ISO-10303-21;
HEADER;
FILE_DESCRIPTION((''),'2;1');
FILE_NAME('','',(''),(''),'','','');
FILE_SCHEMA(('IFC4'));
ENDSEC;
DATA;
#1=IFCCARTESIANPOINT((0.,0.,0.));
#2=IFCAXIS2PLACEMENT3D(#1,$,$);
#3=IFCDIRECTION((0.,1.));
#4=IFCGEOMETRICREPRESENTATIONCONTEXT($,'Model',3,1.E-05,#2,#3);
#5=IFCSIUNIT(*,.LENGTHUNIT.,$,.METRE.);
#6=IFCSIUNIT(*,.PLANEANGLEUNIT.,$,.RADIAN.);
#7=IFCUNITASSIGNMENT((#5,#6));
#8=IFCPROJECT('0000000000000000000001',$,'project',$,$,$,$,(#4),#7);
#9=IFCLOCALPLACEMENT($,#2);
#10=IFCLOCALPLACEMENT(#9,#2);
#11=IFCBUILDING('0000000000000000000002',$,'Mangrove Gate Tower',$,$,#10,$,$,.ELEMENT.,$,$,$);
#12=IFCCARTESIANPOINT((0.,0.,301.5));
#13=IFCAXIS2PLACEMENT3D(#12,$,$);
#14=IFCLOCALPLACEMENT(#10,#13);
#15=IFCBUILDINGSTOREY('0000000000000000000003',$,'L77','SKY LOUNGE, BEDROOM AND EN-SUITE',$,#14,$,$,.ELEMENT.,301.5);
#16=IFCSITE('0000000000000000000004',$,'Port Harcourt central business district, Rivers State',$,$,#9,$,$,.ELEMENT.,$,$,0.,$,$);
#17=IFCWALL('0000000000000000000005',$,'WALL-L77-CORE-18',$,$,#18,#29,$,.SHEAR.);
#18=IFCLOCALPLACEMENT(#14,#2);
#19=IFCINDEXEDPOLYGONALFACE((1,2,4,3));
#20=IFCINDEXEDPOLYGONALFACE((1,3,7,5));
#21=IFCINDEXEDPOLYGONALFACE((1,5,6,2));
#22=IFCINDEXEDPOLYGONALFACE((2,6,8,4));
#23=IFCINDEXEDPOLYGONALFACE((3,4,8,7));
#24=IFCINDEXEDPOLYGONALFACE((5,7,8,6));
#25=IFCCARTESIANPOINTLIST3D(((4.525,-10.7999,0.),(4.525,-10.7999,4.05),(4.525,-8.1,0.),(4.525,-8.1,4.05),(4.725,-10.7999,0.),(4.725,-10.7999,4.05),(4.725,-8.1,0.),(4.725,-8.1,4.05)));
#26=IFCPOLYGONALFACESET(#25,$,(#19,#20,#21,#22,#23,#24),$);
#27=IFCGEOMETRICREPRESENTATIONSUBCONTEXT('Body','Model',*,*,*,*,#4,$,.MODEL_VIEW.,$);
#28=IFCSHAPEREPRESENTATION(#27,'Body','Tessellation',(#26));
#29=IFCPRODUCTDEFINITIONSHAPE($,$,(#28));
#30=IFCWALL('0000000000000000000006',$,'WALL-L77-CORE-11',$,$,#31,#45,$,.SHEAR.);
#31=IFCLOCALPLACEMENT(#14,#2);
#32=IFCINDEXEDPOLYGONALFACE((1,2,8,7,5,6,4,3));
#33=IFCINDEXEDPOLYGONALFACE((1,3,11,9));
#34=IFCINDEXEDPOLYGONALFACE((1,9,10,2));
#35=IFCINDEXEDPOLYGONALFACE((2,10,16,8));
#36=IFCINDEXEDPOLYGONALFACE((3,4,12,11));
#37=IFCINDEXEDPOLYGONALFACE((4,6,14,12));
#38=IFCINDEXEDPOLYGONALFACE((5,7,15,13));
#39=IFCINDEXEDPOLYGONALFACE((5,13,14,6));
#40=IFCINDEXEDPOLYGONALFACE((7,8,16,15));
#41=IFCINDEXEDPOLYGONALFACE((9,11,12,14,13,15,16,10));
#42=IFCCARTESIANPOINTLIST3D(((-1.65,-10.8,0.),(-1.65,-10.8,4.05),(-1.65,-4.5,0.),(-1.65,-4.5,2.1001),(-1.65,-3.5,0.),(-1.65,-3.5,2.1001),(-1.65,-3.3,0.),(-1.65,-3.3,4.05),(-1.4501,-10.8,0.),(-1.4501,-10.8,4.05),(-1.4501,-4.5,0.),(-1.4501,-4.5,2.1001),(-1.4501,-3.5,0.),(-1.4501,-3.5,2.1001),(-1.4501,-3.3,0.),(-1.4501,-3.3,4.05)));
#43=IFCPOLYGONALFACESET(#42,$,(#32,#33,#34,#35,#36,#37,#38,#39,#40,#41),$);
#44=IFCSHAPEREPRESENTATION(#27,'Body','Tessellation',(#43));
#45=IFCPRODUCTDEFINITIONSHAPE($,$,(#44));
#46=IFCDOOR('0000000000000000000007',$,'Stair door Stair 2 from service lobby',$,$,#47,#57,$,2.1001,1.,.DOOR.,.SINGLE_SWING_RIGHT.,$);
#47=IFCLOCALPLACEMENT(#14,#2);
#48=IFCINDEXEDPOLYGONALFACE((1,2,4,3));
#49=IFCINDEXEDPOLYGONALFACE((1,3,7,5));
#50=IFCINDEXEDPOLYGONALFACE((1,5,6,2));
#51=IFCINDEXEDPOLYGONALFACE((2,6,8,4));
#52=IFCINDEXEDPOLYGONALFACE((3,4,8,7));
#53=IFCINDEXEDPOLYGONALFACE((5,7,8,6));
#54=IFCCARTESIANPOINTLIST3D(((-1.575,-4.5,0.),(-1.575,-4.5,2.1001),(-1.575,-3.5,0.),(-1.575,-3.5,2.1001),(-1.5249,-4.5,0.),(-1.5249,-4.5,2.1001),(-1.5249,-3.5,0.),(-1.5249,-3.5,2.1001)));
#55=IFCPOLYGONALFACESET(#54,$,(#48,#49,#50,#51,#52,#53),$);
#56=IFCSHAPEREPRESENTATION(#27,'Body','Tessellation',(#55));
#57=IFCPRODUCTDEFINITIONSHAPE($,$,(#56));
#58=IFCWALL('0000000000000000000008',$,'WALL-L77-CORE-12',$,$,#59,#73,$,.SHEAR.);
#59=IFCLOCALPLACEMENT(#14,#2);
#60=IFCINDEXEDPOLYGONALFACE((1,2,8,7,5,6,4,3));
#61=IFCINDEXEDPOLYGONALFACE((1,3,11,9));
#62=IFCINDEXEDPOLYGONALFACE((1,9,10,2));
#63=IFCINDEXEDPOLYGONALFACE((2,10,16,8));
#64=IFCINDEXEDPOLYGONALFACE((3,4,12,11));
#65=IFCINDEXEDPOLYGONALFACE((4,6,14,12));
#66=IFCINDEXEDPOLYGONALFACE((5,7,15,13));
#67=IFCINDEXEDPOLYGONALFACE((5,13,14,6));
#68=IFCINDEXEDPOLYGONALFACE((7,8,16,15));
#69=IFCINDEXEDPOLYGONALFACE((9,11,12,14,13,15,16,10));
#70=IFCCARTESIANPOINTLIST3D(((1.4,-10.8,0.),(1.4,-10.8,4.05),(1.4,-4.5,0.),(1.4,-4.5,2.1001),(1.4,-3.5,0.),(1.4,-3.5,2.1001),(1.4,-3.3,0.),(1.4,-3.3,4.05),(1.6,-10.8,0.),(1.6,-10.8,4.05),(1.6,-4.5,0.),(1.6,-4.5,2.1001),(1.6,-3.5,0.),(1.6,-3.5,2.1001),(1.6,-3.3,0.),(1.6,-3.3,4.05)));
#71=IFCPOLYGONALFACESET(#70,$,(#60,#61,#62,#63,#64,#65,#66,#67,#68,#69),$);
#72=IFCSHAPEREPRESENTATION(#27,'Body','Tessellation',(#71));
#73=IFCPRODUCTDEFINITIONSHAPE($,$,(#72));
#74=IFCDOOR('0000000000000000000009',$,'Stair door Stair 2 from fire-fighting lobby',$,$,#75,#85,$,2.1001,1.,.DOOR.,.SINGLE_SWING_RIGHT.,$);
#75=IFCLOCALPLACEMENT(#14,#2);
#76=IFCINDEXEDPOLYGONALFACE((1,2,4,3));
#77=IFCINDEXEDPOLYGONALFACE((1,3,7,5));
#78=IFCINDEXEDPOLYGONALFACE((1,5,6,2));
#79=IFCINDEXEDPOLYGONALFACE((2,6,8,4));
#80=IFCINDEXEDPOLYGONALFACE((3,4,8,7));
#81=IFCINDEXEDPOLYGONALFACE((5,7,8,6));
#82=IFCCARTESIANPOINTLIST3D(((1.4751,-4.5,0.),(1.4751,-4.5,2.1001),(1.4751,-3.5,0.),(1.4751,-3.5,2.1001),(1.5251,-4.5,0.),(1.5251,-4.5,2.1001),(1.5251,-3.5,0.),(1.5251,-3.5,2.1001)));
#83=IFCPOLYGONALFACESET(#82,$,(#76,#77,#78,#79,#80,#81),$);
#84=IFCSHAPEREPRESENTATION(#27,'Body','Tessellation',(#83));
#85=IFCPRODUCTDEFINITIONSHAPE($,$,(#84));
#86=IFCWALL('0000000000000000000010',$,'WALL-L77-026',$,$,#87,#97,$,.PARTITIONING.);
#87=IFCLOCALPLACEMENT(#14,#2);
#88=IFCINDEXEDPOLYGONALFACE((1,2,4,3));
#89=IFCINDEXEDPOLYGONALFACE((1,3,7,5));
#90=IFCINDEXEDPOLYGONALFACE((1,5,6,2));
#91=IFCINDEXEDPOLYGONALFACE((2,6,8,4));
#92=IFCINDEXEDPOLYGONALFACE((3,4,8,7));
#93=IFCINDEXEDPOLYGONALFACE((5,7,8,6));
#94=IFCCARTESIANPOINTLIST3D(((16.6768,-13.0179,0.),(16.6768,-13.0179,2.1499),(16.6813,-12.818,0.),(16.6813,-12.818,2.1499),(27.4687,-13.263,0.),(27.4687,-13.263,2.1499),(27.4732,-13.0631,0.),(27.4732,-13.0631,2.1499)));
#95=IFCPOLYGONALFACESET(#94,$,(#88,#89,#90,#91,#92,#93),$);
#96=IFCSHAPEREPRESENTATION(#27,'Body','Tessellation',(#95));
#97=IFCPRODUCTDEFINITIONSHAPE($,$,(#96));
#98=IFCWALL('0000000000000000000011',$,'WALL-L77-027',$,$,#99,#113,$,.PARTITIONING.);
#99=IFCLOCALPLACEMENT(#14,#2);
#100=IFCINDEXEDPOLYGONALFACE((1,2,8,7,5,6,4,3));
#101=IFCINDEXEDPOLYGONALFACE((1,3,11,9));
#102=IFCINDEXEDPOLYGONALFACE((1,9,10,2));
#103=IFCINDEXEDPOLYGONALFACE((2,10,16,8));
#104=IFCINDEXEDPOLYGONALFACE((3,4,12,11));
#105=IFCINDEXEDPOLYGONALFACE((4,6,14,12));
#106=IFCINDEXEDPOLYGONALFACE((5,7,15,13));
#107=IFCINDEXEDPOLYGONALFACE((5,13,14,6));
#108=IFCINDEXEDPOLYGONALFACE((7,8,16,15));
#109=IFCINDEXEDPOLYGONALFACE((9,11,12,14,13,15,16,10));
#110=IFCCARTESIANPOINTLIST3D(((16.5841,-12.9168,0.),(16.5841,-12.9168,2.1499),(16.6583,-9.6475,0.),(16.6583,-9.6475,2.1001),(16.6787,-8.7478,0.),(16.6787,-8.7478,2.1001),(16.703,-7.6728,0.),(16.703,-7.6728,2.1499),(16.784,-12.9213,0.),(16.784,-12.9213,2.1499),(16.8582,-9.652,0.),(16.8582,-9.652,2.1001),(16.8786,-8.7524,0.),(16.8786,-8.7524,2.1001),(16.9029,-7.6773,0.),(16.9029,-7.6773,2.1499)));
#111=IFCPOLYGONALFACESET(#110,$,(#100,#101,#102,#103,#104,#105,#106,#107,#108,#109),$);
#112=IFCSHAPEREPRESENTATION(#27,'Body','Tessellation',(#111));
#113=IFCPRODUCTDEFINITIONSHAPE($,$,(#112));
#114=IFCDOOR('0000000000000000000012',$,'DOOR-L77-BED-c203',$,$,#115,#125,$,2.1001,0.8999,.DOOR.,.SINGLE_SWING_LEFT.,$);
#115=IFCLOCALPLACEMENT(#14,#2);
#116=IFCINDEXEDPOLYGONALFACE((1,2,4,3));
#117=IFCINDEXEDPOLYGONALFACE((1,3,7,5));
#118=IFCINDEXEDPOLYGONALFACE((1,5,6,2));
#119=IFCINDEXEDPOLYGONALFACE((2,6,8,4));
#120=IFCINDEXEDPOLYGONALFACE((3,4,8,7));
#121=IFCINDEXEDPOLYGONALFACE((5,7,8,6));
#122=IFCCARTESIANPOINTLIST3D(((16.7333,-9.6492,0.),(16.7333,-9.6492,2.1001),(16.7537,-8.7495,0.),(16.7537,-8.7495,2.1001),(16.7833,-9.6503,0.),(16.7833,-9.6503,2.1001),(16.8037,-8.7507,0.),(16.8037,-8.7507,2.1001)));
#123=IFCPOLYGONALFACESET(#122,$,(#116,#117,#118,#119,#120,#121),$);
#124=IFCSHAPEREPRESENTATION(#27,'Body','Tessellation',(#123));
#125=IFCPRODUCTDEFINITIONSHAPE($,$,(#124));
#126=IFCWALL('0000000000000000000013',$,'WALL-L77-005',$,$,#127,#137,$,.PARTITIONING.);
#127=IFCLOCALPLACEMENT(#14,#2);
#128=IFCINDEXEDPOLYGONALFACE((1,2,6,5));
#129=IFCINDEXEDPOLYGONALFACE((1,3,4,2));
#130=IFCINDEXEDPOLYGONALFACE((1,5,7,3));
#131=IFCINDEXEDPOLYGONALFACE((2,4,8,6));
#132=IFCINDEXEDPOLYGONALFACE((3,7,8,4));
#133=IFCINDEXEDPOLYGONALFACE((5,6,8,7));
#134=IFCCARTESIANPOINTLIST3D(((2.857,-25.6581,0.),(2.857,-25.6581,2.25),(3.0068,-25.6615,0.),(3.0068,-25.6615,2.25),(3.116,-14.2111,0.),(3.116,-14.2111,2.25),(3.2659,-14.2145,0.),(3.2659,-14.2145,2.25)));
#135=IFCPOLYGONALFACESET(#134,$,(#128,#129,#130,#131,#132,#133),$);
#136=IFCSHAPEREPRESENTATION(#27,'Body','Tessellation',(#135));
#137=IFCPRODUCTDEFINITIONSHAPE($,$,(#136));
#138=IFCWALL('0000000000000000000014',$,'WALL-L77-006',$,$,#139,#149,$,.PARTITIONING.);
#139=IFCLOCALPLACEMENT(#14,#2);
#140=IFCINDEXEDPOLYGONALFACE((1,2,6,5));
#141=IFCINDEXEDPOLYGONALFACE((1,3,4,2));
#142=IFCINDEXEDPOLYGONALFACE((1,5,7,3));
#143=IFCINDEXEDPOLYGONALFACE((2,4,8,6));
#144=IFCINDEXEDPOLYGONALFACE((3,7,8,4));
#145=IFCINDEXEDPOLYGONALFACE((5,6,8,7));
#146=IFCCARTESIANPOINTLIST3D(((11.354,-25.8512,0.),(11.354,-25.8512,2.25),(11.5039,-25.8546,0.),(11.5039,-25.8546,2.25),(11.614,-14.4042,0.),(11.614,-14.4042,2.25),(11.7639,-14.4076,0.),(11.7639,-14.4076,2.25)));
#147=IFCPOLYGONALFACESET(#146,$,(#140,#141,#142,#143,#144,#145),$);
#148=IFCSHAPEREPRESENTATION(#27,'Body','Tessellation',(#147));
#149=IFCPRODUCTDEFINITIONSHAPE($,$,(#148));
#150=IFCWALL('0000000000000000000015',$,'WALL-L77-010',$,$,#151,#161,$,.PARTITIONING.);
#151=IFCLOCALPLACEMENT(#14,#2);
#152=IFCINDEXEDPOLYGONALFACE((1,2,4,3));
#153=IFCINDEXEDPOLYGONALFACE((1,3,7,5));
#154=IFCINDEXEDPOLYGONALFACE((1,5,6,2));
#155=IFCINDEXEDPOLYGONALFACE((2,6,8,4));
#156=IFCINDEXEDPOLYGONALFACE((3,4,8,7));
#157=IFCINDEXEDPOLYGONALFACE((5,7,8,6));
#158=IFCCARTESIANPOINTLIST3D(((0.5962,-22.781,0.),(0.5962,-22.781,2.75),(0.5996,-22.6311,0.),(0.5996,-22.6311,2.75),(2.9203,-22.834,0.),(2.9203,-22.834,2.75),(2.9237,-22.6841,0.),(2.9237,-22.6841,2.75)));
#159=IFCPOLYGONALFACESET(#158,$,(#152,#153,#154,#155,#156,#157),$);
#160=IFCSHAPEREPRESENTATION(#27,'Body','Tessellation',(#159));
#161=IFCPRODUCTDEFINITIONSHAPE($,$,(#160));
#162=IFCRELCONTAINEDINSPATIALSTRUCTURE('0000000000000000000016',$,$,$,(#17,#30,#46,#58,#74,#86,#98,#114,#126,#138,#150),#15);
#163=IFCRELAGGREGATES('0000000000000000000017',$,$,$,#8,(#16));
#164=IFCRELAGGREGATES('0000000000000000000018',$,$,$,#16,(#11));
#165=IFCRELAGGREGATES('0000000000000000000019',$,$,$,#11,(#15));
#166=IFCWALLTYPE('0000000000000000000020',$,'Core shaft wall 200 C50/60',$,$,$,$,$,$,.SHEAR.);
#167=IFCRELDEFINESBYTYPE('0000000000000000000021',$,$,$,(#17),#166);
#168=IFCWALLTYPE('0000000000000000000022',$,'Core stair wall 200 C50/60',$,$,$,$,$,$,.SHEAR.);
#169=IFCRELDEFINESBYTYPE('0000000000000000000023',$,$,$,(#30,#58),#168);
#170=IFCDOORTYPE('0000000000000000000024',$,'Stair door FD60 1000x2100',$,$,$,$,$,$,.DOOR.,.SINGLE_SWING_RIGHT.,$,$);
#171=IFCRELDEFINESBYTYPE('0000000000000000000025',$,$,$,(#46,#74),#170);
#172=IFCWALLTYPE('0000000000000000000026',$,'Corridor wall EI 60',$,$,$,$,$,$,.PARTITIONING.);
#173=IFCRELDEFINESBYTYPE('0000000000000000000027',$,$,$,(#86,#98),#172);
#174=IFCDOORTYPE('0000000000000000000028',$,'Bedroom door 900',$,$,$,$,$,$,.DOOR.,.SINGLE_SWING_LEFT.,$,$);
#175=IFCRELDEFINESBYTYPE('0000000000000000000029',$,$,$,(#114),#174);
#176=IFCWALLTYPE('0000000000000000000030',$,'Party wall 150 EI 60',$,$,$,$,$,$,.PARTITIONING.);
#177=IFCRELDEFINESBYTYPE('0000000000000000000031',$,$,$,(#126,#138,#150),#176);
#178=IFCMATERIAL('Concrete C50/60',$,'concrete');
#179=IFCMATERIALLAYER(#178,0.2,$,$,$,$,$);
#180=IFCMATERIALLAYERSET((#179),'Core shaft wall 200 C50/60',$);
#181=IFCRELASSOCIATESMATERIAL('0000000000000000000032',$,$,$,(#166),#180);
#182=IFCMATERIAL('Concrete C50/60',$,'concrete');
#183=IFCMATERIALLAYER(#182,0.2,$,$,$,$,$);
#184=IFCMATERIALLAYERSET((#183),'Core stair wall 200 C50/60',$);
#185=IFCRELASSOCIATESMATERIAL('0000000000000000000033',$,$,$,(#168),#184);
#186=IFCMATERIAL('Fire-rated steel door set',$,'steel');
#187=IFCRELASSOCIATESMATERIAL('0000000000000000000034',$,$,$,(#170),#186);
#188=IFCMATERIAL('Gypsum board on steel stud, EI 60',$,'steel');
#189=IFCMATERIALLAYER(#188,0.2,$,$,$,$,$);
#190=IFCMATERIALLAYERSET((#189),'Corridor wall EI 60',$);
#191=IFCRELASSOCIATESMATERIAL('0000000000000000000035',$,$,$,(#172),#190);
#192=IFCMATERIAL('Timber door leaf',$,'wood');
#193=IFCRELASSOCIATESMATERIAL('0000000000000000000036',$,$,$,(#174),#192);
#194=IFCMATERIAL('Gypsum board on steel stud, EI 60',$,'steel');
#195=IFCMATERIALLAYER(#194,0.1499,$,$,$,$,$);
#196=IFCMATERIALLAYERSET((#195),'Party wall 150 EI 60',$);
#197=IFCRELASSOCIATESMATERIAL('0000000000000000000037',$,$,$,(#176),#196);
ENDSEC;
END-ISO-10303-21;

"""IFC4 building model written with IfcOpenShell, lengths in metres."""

from ifc_helpers import new_model, si_unit, direction, frame, frame_2d, origin, place, context, subcontext, project, spatial, rectangle, extrude, material, layer, layer_set, type_object, element, fill, save


model = new_model("IFC4")

# Units and contexts
model_context = context("Model", 3, precision=1e-05, world=origin(), true_north=direction((0.0, 1.0)))
body_context = subcontext(model_context, "Body", "Model", "MODEL_VIEW")
ifc_project = project(units=[si_unit("LENGTHUNIT", "METRE"), si_unit("PLANEANGLEUNIT", "RADIAN")], contexts=[model_context])

# Site, building, storey
site_placement = place(None, origin())
site = spatial("IfcSite", under=ifc_project, at=site_placement, Name="Port Harcourt central business district, Rivers State", CompositionType="ELEMENT", RefElevation=0.0)
building_placement = place(site_placement, origin())
building = spatial("IfcBuilding", under=site, at=building_placement, Name="Mangrove Gate Tower", CompositionType="ELEMENT")
storey_placement = place(building_placement, frame((0.0, 0.0, 301.5)))
storey = spatial("IfcBuildingStorey", under=building, at=storey_placement, Name="L77", Description="SKY LOUNGE, BEDROOM AND EN-SUITE", CompositionType="ELEMENT", Elevation=301.5)

# Wall
ifc_material_1 = material(Name="Concrete C50/60", Category="concrete")
ifc_layer_1 = layer(ifc_material_1, 0.2)
ifc_layer_set_1 = layer_set([ifc_layer_1], Name="Core shaft wall 200 C50/60")
wall_type_1 = type_object("IfcWallType", Name="Core shaft wall 200 C50/60", PredefinedType="SHEAR", material=ifc_layer_set_1)
wall_1_placement = place(storey_placement, frame((4.625, -10.8, 0.0), z_axis=(0.0, 0.0, 1.0), x_axis=(0.0, 1.0, 0.0)))
element("IfcWall", 1, at=wall_1_placement, inside=storey, type_object=wall_type_1, Name="WALL-L77-CORE-18", PredefinedType="SHEAR", context=body_context, shape_type="SweptSolid", body=[
    extrude(rectangle(XDim=2.7, YDim=0.2, at=frame_2d((1.3501, 0.0))), origin(), (0.0, 0.0, 1.0), 4.05),
])

# Walls, openings, doors
ifc_material_2 = material(Name="Concrete C50/60", Category="concrete")
ifc_layer_2 = layer(ifc_material_2, 0.2)
ifc_layer_set_2 = layer_set([ifc_layer_2], Name="Core stair wall 200 C50/60")
wall_type_2 = type_object("IfcWallType", Name="Core stair wall 200 C50/60", PredefinedType="SHEAR", material=ifc_layer_set_2)
wall_2_placement = place(storey_placement, frame((-1.55, -10.8, 0.0), z_axis=(0.0, 0.0, 1.0), x_axis=(0.0, 1.0, 0.0)))
wall_2 = element("IfcWall", 2, at=wall_2_placement, inside=storey, type_object=wall_type_2, Name="WALL-L77-CORE-11", PredefinedType="SHEAR", context=body_context, shape_type="SweptSolid", body=[
    extrude(rectangle(XDim=7.5, YDim=0.2, at=frame_2d((3.75, 0.0))), origin(), (0.0, 0.0, 1.0), 4.05),
])
opening_1_placement = place(wall_2_placement, frame((6.3, 0.0, 0.0)))
opening_1 = element("IfcOpeningElement", 3, at=opening_1_placement, cuts=wall_2, PredefinedType="OPENING", context=body_context, shape_type="SweptSolid", body=[
    extrude(rectangle(XDim=1.0, YDim=2.1001, at=frame_2d((0.5, 1.05))), frame((0.0, 0.1099, 0.0), z_axis=(0.0, -1.0, 0.0), x_axis=(1.0, 0.0, 0.0)), (0.0, 0.0, 1.0), 0.22),
])
ifc_material_3 = material(Name="Fire-rated steel door set", Category="steel")
door_type_1 = type_object("IfcDoorType", Name="Stair door FD60 1000x2100", OperationType="SINGLE_SWING_RIGHT", PredefinedType="DOOR", material=ifc_material_3)
door_1_placement = place(opening_1_placement, origin())
door_1 = element("IfcDoor", 4, at=door_1_placement, inside=storey, type_object=door_type_1, Name="Stair door Stair 2 from service lobby", OperationType="SINGLE_SWING_RIGHT", OverallHeight=2.1001, OverallWidth=1.0, PredefinedType="DOOR", context=body_context, shape_type="SweptSolid", body=[
    extrude(rectangle(XDim=1.0, YDim=2.1001, at=frame_2d((0.5, 1.05))), frame((0.0, 0.0249, 0.0), z_axis=(0.0, -1.0, 0.0), x_axis=(1.0, 0.0, 0.0)), (0.0, 0.0, 1.0), 0.05),
])
fill(opening_1, door_1)
wall_3_placement = place(storey_placement, frame((1.5, -10.8, 0.0), z_axis=(0.0, 0.0, 1.0), x_axis=(0.0, 1.0, 0.0)))
wall_3 = element("IfcWall", 5, at=wall_3_placement, inside=storey, type_object=wall_type_2, Name="WALL-L77-CORE-12", PredefinedType="SHEAR", context=body_context, shape_type="SweptSolid", body=[
    extrude(rectangle(XDim=7.5, YDim=0.2, at=frame_2d((3.75, 0.0))), origin(), (0.0, 0.0, 1.0), 4.05),
])
opening_2_placement = place(wall_3_placement, frame((6.3, 0.0, 0.0)))
opening_2 = element("IfcOpeningElement", 6, at=opening_2_placement, cuts=wall_3, PredefinedType="OPENING", context=body_context, shape_type="SweptSolid", body=[
    extrude(rectangle(XDim=1.0, YDim=2.1001, at=frame_2d((0.5, 1.05))), frame((0.0, 0.1099, 0.0), z_axis=(0.0, -1.0, 0.0), x_axis=(1.0, 0.0, 0.0)), (0.0, 0.0, 1.0), 0.22),
])
door_2_placement = place(opening_2_placement, origin())
door_2 = element("IfcDoor", 7, at=door_2_placement, inside=storey, type_object=door_type_1, Name="Stair door Stair 2 from fire-fighting lobby", OperationType="SINGLE_SWING_RIGHT", OverallHeight=2.1001, OverallWidth=1.0, PredefinedType="DOOR", context=body_context, shape_type="SweptSolid", body=[
    extrude(rectangle(XDim=1.0, YDim=2.1001, at=frame_2d((0.5, 1.05))), frame((0.0, 0.0249, 0.0), z_axis=(0.0, -1.0, 0.0), x_axis=(1.0, 0.0, 0.0)), (0.0, 0.0, 1.0), 0.05),
])
fill(opening_2, door_2)

# Wall
ifc_material_4 = material(Name="Gypsum board on steel stud, EI 60", Category="steel")
ifc_layer_3 = layer(ifc_material_4, 0.2)
ifc_layer_set_3 = layer_set([ifc_layer_3], Name="Corridor wall EI 60")
wall_type_3 = type_object("IfcWallType", Name="Corridor wall EI 60", PredefinedType="PARTITIONING", material=ifc_layer_set_3)
wall_4_placement = place(storey_placement, frame((16.679, -12.918, 0.0), z_axis=(0.0, 0.0, 1.0), x_axis=(0.999742, -0.022707, 0.0)))
element("IfcWall", 8, at=wall_4_placement, inside=storey, type_object=wall_type_3, Name="WALL-L77-026", PredefinedType="PARTITIONING", context=body_context, shape_type="SweptSolid", body=[
    extrude(rectangle(XDim=10.7947, YDim=0.2, at=frame_2d((5.3975, 0.0))), origin(), (0.0, 0.0, 1.0), 2.1499),
])

# Wall, opening, door
wall_5_placement = place(storey_placement, frame((16.6841, -12.9189, 0.0), z_axis=(0.0, 0.0, 1.0), x_axis=(0.022667, 0.999743, 0.0)))
wall_5 = element("IfcWall", 9, at=wall_5_placement, inside=storey, type_object=wall_type_3, Name="WALL-L77-027", PredefinedType="PARTITIONING", context=body_context, shape_type="SweptSolid", body=[
    extrude(rectangle(XDim=5.2454, YDim=0.2, at=frame_2d((2.6226, 0.0))), origin(), (0.0, 0.0, 1.0), 2.1499),
])
opening_3_placement = place(wall_5_placement, frame((3.27, 0.0, 0.0)))
opening_3 = element("IfcOpeningElement", 10, at=opening_3_placement, cuts=wall_5, PredefinedType="OPENING", context=body_context, shape_type="SweptSolid", body=[
    extrude(rectangle(XDim=0.8999, YDim=2.1001, at=frame_2d((0.45, 1.05))), frame((0.0, 0.1099, 0.0), z_axis=(0.0, -1.0, 0.0), x_axis=(1.0, 0.0, 0.0)), (0.0, 0.0, 1.0), 0.22),
])
ifc_material_5 = material(Name="Timber door leaf", Category="wood")
door_type_2 = type_object("IfcDoorType", Name="Bedroom door 900", OperationType="SINGLE_SWING_LEFT", PredefinedType="DOOR", material=ifc_material_5)
door_3_placement = place(opening_3_placement, origin())
door_3 = element("IfcDoor", 11, at=door_3_placement, inside=storey, type_object=door_type_2, Name="DOOR-L77-BED-c203", OperationType="SINGLE_SWING_LEFT", OverallHeight=2.1001, OverallWidth=0.8999, PredefinedType="DOOR", context=body_context, shape_type="SweptSolid", body=[
    extrude(rectangle(XDim=0.8999, YDim=2.1001, at=frame_2d((0.45, 1.05))), frame((0.0, 0.0249, 0.0), z_axis=(0.0, -1.0, 0.0), x_axis=(1.0, 0.0, 0.0)), (0.0, 0.0, 1.0), 0.05),
])
fill(opening_3, door_3)

# Walls
ifc_material_6 = material(Name="Gypsum board on steel stud, EI 60", Category="steel")
ifc_layer_4 = layer(ifc_material_6, 0.1499)
ifc_layer_set_4 = layer_set([ifc_layer_4], Name="Party wall 150 EI 60")
wall_type_4 = type_object("IfcWallType", Name="Party wall 150 EI 60", PredefinedType="PARTITIONING", material=ifc_layer_set_4)
for number, where, z_axis, x_axis, name in (
    (12, (2.9319, -25.6599, 0.0), (0.0, 0.0, 1.0), (0.022623, 0.999744, 0.0), "WALL-L77-005"),
    (13, (11.429, -25.853, 0.0), (0.0, 0.0, 1.0), (0.022708, 0.999742, 0.0), "WALL-L77-006"),
):
    element("IfcWall", number, at=place(storey_placement, frame(where, z_axis=z_axis, x_axis=x_axis)), inside=storey, type_object=wall_type_4, Name=name, PredefinedType="PARTITIONING", context=body_context, shape_type="SweptSolid", body=[
        extrude(rectangle(XDim=11.45, YDim=0.1499, at=frame_2d((5.7251, 0.0))), origin(), (0.0, 0.0, 1.0), 2.25),
    ])
wall_6_placement = place(storey_placement, frame((0.5979, -22.7061, 0.0), z_axis=(0.0, 0.0, 1.0), x_axis=(0.99974, -0.022788, 0.0)))
element("IfcWall", 14, at=wall_6_placement, inside=storey, type_object=wall_type_4, Name="WALL-L77-010", PredefinedType="PARTITIONING", context=body_context, shape_type="SweptSolid", body=[
    extrude(rectangle(XDim=2.3247, YDim=0.1499, at=frame_2d((1.1624, 0.0))), origin(), (0.0, 0.0, 1.0), 2.75),
])

save(model, "model.ifc")
